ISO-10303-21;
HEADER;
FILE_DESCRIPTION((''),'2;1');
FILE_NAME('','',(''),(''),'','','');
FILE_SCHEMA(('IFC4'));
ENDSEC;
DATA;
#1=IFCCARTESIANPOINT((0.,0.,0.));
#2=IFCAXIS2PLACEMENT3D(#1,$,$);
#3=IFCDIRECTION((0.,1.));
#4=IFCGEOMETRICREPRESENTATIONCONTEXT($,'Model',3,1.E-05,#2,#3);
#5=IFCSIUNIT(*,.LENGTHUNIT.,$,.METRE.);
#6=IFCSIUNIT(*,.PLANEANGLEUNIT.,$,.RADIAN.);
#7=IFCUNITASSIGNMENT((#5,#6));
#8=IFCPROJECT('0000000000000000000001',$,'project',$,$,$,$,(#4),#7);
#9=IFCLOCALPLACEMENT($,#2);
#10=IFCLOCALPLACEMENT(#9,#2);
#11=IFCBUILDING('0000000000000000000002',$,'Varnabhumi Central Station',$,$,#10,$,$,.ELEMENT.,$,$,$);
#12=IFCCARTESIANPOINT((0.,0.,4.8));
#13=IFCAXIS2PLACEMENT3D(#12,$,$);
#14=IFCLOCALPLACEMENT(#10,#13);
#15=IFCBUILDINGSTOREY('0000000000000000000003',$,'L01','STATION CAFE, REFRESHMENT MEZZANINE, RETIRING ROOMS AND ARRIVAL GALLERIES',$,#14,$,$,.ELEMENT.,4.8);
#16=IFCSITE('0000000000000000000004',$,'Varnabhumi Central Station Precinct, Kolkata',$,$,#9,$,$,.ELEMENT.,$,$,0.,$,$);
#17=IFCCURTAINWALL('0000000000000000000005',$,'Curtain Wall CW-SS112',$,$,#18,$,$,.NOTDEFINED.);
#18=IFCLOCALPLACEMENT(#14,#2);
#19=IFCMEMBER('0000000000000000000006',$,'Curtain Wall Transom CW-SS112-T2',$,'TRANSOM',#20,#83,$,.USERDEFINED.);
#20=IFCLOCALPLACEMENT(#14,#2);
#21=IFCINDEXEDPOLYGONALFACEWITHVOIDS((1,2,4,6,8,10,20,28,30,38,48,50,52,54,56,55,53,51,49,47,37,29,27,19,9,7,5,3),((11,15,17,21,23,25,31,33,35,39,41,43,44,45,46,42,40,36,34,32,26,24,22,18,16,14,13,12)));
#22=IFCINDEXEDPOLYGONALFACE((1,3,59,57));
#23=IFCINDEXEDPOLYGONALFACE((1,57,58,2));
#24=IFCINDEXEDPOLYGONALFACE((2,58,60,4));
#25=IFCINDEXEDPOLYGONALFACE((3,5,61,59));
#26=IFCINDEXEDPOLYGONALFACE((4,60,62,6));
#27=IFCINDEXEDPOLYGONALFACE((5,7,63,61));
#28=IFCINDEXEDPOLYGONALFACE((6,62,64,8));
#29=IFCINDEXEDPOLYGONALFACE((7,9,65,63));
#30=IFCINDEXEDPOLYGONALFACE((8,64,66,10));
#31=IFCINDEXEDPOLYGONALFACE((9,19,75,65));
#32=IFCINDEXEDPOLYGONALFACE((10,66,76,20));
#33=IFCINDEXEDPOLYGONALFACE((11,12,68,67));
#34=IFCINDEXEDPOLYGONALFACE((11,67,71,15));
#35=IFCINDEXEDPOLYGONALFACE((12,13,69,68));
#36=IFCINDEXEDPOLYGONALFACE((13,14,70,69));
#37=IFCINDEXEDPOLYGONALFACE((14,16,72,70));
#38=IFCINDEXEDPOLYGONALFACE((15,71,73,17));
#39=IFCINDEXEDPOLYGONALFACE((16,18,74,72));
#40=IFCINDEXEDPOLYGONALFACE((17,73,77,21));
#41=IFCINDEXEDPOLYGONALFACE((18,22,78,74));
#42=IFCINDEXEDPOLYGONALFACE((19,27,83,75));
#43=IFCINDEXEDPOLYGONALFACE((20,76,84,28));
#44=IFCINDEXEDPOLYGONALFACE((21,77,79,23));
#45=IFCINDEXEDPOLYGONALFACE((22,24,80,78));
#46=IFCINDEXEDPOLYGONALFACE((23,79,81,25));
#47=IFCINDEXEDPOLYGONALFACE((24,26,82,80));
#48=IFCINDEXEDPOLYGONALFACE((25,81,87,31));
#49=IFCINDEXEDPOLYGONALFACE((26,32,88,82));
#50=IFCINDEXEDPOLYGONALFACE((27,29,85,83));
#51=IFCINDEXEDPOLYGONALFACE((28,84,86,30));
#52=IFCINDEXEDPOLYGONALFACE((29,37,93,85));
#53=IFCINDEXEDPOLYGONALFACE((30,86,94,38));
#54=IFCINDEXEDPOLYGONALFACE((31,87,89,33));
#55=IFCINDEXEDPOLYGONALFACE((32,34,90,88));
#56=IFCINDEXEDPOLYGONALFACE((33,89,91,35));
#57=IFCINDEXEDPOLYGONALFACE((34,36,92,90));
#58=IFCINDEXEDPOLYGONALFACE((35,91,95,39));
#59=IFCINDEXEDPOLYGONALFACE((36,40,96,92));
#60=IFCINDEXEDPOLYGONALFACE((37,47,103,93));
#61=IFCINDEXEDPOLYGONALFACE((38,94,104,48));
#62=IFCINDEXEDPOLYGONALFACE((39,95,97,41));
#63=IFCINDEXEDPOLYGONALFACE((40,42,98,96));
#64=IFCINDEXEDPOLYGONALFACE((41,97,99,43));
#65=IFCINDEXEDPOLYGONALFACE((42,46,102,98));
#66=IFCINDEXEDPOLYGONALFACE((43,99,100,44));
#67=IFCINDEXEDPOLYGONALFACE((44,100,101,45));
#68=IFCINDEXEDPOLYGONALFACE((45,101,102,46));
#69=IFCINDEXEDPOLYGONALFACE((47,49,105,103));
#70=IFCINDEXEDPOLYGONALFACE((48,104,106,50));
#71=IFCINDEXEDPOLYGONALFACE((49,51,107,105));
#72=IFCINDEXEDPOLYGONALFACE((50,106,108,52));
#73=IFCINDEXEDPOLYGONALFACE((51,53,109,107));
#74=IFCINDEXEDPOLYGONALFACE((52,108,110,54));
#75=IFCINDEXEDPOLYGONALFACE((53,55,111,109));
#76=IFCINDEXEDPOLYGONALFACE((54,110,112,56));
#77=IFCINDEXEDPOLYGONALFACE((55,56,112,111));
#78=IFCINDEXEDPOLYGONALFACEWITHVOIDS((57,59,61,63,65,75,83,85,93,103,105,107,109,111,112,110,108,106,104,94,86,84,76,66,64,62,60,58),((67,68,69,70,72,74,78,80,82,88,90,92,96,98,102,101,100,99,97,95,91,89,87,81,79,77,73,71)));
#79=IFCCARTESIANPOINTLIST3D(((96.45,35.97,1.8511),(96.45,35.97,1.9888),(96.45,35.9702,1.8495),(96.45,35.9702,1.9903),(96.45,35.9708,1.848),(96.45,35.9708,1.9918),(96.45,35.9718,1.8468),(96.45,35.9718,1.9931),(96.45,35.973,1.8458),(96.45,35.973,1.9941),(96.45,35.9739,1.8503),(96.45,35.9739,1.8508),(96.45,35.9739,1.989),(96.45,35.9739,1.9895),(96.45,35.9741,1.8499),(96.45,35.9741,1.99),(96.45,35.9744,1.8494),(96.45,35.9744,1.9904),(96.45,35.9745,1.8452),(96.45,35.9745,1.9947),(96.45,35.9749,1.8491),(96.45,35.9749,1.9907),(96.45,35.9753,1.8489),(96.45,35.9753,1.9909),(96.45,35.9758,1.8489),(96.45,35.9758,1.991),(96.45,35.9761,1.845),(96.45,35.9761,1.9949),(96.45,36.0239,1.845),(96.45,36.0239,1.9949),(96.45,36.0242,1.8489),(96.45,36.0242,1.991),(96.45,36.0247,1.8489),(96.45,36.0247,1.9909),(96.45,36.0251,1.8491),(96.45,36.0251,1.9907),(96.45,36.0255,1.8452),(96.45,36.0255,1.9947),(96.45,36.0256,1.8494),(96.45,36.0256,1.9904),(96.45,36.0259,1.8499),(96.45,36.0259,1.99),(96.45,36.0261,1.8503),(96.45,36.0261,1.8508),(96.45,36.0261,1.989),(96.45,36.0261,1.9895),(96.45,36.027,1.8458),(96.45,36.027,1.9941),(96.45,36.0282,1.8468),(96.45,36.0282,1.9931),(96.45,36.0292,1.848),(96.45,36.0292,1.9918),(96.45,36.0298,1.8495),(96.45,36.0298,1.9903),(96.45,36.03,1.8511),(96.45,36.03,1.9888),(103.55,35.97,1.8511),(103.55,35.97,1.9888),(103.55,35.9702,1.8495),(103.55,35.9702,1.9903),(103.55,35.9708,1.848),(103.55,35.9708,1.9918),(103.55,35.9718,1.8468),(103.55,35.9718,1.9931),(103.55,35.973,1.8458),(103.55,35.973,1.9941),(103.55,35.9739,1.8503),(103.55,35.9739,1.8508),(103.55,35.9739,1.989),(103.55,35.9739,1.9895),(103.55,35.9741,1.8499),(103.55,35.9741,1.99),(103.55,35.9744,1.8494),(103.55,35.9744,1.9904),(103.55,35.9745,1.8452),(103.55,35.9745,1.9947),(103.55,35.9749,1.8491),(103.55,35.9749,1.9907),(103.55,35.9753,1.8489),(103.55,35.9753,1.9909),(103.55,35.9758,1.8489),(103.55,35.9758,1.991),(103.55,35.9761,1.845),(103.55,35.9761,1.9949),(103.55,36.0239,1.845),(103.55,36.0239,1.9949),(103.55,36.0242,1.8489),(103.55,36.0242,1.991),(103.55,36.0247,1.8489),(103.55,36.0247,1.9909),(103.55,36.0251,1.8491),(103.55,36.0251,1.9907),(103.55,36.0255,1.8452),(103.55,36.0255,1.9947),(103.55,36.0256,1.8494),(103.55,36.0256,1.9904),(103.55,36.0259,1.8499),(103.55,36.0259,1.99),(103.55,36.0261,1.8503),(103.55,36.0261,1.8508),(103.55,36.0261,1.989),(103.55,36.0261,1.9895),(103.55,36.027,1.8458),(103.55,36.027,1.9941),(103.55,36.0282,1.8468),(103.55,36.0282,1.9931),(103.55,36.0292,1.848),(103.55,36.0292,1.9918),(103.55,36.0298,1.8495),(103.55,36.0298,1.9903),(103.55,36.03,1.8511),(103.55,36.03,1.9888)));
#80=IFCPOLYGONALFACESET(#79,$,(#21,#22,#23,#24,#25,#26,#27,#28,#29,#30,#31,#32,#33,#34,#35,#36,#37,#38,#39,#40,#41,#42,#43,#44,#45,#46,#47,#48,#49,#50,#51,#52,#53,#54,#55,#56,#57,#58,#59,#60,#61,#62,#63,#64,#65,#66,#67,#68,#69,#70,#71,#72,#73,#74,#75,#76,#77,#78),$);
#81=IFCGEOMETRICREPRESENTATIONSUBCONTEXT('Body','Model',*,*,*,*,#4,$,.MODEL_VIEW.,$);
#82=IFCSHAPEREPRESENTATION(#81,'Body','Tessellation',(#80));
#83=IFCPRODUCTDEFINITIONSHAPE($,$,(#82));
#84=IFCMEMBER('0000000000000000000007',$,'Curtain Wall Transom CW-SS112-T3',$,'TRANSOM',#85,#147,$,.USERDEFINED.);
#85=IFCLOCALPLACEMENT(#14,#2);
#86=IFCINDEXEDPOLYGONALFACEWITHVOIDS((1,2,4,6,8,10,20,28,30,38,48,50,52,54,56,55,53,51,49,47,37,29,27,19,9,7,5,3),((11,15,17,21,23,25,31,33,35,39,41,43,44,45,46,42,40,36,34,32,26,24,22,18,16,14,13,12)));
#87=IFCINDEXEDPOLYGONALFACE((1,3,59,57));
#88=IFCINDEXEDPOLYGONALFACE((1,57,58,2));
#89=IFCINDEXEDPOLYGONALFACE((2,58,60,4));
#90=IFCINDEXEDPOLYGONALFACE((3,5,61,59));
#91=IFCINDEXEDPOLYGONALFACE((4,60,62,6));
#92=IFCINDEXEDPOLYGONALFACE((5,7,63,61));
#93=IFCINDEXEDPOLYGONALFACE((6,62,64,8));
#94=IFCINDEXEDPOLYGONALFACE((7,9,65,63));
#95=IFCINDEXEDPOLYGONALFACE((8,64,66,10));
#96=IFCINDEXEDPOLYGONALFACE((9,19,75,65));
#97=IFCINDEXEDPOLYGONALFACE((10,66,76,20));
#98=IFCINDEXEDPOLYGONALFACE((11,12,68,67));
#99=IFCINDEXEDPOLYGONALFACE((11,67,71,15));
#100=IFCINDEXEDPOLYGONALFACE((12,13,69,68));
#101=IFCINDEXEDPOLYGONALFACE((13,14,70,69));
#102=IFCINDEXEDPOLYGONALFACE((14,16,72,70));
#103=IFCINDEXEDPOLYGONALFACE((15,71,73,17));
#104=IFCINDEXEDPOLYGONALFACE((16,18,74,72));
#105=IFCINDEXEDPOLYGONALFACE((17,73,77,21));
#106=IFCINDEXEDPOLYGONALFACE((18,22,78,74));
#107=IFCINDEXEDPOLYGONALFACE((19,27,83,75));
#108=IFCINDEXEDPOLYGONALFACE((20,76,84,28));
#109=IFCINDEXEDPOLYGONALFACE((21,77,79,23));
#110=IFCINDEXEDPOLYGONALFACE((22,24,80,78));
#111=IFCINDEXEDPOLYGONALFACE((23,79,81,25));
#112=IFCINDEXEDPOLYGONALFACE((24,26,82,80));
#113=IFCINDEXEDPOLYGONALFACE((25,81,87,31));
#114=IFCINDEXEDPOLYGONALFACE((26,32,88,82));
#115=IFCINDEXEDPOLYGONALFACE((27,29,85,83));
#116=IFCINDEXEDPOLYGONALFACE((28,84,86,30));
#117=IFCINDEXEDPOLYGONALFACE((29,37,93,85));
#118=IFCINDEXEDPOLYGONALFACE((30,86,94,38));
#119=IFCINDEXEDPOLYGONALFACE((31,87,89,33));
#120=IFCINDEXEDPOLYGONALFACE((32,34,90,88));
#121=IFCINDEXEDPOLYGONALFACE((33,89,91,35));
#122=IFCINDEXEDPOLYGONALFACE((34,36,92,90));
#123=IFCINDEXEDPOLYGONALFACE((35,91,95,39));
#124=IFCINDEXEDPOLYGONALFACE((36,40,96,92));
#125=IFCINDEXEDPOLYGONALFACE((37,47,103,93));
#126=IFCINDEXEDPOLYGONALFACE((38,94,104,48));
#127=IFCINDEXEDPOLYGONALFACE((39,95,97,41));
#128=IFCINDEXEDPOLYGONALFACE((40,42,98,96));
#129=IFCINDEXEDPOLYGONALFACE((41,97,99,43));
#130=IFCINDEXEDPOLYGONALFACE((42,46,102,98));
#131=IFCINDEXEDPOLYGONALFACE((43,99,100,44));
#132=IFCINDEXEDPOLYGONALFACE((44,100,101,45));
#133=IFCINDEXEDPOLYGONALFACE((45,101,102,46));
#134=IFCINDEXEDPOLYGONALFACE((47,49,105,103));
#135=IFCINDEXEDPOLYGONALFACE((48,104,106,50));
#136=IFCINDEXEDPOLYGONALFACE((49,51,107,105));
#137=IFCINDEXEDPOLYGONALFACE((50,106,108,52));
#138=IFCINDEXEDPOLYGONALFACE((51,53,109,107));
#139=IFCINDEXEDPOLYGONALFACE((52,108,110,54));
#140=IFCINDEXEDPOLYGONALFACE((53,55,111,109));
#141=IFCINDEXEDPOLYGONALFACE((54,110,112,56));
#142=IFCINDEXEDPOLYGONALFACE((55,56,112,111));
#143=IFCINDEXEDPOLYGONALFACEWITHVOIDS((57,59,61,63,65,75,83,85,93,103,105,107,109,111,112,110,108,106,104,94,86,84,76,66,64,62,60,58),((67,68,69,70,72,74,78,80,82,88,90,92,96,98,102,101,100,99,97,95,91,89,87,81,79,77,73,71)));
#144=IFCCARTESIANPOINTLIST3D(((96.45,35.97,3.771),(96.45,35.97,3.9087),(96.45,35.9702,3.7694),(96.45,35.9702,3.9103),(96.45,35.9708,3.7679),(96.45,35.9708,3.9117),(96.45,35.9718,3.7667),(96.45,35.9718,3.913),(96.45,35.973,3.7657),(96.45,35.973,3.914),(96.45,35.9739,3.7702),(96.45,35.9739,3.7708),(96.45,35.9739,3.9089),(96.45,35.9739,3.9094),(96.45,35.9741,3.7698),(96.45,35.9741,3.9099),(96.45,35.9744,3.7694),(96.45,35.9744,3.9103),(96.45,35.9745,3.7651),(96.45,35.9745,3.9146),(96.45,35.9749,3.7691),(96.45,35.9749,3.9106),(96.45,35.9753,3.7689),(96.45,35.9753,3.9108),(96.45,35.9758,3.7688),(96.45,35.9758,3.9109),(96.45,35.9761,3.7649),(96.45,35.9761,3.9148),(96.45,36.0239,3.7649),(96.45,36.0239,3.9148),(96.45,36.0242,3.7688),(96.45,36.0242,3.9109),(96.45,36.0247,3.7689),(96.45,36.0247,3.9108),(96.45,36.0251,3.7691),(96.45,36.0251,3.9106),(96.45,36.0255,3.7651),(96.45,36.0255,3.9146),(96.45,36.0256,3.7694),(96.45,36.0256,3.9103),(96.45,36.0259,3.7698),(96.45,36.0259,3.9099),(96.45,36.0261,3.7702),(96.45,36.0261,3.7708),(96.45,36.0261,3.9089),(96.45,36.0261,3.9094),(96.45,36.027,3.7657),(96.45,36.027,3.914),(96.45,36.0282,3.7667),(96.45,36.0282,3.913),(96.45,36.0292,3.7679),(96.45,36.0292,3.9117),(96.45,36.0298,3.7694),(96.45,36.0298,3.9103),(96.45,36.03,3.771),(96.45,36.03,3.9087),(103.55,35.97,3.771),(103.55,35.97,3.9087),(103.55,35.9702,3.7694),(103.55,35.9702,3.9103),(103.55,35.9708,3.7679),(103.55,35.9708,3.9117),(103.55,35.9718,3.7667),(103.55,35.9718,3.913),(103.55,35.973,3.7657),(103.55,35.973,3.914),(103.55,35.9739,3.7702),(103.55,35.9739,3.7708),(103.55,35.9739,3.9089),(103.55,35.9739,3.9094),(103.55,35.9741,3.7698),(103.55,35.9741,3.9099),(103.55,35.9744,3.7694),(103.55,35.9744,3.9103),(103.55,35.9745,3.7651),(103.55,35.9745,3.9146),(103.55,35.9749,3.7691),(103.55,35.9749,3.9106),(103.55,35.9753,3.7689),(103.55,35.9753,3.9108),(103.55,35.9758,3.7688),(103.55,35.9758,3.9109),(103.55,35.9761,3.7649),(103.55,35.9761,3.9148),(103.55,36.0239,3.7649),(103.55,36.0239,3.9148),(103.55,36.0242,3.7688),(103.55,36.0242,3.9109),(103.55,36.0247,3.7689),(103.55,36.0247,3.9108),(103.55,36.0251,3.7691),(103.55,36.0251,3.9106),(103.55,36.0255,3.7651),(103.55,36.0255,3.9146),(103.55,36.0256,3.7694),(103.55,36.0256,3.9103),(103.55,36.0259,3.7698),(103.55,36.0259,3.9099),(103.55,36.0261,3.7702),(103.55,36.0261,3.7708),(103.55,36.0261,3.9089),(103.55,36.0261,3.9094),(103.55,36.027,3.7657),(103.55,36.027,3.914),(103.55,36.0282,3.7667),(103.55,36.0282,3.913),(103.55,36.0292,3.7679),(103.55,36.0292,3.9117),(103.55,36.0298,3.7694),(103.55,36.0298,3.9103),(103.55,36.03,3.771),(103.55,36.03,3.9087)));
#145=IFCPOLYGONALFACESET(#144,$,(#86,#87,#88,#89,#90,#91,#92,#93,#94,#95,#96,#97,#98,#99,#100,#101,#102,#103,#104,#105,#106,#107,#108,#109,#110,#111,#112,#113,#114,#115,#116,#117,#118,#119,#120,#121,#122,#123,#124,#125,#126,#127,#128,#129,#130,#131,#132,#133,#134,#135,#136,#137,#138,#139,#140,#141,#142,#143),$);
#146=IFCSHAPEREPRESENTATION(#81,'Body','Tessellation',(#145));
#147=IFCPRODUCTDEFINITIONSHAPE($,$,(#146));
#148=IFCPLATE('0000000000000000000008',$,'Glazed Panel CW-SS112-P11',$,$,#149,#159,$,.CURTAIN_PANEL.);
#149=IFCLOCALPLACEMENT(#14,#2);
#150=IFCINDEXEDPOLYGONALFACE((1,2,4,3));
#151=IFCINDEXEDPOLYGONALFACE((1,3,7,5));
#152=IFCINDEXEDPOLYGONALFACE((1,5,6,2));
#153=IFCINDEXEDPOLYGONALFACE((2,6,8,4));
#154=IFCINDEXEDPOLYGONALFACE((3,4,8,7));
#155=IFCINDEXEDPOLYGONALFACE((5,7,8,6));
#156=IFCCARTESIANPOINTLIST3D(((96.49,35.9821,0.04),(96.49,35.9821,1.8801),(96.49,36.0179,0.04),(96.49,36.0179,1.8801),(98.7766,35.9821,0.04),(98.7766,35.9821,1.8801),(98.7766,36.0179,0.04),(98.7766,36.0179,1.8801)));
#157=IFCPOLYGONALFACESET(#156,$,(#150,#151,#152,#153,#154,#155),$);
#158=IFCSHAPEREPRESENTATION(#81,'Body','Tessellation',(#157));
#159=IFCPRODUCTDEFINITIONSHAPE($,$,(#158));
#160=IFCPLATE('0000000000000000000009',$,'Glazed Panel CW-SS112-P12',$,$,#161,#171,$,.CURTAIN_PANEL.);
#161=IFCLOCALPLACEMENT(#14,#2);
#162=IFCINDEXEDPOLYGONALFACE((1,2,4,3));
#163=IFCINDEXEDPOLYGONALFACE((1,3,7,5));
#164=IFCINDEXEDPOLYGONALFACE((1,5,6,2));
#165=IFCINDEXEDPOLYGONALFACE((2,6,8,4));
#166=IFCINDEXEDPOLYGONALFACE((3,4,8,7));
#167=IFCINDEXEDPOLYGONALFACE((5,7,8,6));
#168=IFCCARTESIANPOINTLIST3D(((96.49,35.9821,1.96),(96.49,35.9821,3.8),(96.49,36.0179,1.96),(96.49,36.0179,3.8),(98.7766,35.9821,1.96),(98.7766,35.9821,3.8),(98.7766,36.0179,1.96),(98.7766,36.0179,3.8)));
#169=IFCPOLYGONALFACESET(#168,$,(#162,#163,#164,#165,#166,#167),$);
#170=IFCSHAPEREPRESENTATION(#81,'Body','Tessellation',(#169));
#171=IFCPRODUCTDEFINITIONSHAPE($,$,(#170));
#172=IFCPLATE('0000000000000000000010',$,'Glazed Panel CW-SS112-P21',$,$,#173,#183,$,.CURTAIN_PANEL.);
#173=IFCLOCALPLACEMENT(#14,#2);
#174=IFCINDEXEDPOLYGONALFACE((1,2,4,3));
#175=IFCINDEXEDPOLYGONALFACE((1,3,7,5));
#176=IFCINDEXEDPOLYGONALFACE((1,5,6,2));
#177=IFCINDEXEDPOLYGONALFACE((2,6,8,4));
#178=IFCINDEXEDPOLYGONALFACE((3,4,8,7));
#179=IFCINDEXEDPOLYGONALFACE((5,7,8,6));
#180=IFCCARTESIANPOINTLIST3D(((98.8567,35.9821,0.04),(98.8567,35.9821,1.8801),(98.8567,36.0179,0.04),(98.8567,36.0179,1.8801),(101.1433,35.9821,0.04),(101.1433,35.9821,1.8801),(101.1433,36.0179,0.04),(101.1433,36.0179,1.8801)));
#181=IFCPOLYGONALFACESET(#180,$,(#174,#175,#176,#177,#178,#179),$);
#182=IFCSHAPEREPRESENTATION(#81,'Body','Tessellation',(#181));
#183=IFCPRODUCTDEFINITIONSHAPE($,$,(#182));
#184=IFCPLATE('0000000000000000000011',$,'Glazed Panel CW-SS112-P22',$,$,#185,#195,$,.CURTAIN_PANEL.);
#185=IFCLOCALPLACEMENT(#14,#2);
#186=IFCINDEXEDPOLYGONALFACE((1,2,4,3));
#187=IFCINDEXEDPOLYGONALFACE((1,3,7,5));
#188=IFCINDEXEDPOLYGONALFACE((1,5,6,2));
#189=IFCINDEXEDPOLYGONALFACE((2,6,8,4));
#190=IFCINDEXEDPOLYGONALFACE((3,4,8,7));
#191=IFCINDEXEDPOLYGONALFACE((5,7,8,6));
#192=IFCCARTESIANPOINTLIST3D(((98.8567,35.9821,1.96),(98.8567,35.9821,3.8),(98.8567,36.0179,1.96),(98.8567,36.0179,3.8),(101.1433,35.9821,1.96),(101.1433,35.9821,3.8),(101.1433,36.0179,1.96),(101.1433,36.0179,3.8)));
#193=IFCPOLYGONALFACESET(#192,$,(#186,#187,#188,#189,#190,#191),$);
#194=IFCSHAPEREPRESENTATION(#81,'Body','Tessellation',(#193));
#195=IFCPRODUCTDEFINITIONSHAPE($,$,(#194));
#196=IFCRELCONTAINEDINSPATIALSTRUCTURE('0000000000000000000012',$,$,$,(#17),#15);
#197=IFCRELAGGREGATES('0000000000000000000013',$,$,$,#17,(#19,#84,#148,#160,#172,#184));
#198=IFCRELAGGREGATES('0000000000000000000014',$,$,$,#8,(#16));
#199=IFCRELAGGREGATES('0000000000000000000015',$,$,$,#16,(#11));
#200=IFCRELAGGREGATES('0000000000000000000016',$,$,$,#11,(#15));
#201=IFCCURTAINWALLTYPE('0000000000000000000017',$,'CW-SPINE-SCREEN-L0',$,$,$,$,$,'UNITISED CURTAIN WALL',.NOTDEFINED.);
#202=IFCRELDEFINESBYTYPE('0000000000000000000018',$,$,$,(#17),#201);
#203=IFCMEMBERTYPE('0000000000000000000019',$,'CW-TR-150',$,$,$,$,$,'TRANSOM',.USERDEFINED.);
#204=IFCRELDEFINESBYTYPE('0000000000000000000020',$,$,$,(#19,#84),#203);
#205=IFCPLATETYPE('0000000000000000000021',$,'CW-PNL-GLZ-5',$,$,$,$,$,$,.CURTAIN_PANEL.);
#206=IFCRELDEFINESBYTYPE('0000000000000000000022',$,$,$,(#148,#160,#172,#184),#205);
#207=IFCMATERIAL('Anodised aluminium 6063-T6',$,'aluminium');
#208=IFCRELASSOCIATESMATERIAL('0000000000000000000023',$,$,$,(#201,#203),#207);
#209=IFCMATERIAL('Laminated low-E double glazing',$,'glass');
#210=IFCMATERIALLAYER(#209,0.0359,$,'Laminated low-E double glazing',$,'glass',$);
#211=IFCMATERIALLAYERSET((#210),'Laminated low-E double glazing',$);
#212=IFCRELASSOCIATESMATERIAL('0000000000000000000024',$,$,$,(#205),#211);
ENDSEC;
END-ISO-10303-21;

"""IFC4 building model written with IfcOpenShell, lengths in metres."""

from ifc_helpers import new_model, si_unit, direction, frame, origin, origin_2d, place, context, subcontext, project, spatial, rectangle, hollow_rectangle, extrude, material, layer, layer_set, material_profile, profile_set, type_object, element, aggregate, save


model = new_model("IFC4")

# Units and contexts
model_context = context("Model", 3, precision=1e-05, world=origin(), true_north=direction((0.0, 1.0)))
body_context = subcontext(model_context, "Body", "Model", "MODEL_VIEW")
ifc_project = project(units=[si_unit("LENGTHUNIT", "METRE"), si_unit("PLANEANGLEUNIT", "RADIAN")], contexts=[model_context])

# Site, building, storey
site_placement = place(None, origin())
site = spatial("IfcSite", under=ifc_project, at=site_placement, Name="Varnabhumi Central Station Precinct, Kolkata", CompositionType="ELEMENT", RefElevation=0.0)
building_placement = place(site_placement, origin())
building = spatial("IfcBuilding", under=site, at=building_placement, Name="Varnabhumi Central Station", CompositionType="ELEMENT")
storey_placement = place(building_placement, frame((0.0, 0.0, 4.8)))
storey = spatial("IfcBuildingStorey", under=building, at=storey_placement, Name="L01", Description="STATION CAFE, REFRESHMENT MEZZANINE, RETIRING ROOMS AND ARRIVAL GALLERIES", CompositionType="ELEMENT", Elevation=4.8)

# Curtain wall, members, plates
ifc_material_1 = material(Name="Anodised aluminium 6063-T6", Category="aluminium")
curtain_wall_type = type_object("IfcCurtainWallType", Name="CW-SPINE-SCREEN-L0", ElementType="UNITISED CURTAIN WALL", PredefinedType="NOTDEFINED", material=ifc_material_1)
curtain_wall_placement = place(storey_placement, origin())
curtain_wall = element("IfcCurtainWall", 1, at=curtain_wall_placement, inside=storey, type_object=curtain_wall_type, Name="Curtain Wall CW-SS112", PredefinedType="NOTDEFINED")
ifc_material_profile_1 = material_profile(ifc_material_1, hollow_rectangle(XDim=0.0601, YDim=0.1499, WallThickness=0.0039, InnerFilletRadius=0.002, OuterFilletRadius=0.0061, at=origin_2d()), Name="Anodised aluminium 6063-T6", Category="aluminium")
ifc_profile_set_1 = profile_set([ifc_material_profile_1], Name="Anodised aluminium 6063-T6")
member_type_1 = type_object("IfcMemberType", Name="CW-TR-150", ElementType="TRANSOM", PredefinedType="USERDEFINED", material=ifc_profile_set_1)
member_1_placement = place(storey_placement, frame((96.45, 36.0, 1.9199), z_axis=(1.0, 0.0, 0.0), x_axis=(0.0, 1.0, 0.0)))
member_1 = element("IfcMember", 2, at=member_1_placement, type_object=member_type_1, Name="Curtain Wall Transom CW-SS112-T2", ObjectType="TRANSOM", PredefinedType="USERDEFINED", context=body_context, shape_type="SweptSolid", body=[
    extrude(hollow_rectangle(XDim=0.0601, YDim=0.1499, WallThickness=0.0039, InnerFilletRadius=0.002, OuterFilletRadius=0.0061, at=origin_2d()), origin(), (0.0, 0.0, 1.0), 7.1001),
])
member_2_placement = place(storey_placement, frame((96.45, 36.0, 3.8398), z_axis=(1.0, 0.0, 0.0), x_axis=(0.0, 1.0, 0.0)))
member_2 = element("IfcMember", 3, at=member_2_placement, type_object=member_type_1, Name="Curtain Wall Transom CW-SS112-T3", ObjectType="TRANSOM", PredefinedType="USERDEFINED", context=body_context, shape_type="SweptSolid", body=[
    extrude(hollow_rectangle(XDim=0.0601, YDim=0.1499, WallThickness=0.0039, InnerFilletRadius=0.002, OuterFilletRadius=0.0061, at=origin_2d()), origin(), (0.0, 0.0, 1.0), 7.1001),
])
ifc_material_2 = material(Name="Laminated low-E double glazing", Category="glass")
ifc_layer_1 = layer(ifc_material_2, 0.0359, Name="Laminated low-E double glazing", Category="glass")
ifc_layer_set_1 = layer_set([ifc_layer_1], Name="Laminated low-E double glazing")
plate_type = type_object("IfcPlateType", Name="CW-PNL-GLZ-5", PredefinedType="CURTAIN_PANEL", material=ifc_layer_set_1)
plate_1_placement = place(storey_placement, frame((97.6333, 36.0, 0.04), z_axis=(0.0, 0.0, 1.0), x_axis=(1.0, 0.0, 0.0)))
plate_1 = element("IfcPlate", 4, at=plate_1_placement, type_object=plate_type, Name="Glazed Panel CW-SS112-P11", PredefinedType="CURTAIN_PANEL", context=body_context, shape_type="SweptSolid", body=[
    extrude(rectangle(XDim=2.2866, YDim=0.0359, at=origin_2d()), origin(), (0.0, 0.0, 1.0), 1.8401),
])
plate_2_placement = place(storey_placement, frame((97.6333, 36.0, 1.96), z_axis=(0.0, 0.0, 1.0), x_axis=(1.0, 0.0, 0.0)))
plate_2 = element("IfcPlate", 5, at=plate_2_placement, type_object=plate_type, Name="Glazed Panel CW-SS112-P12", PredefinedType="CURTAIN_PANEL", context=body_context, shape_type="SweptSolid", body=[
    extrude(rectangle(XDim=2.2866, YDim=0.0359, at=origin_2d()), origin(), (0.0, 0.0, 1.0), 1.8401),
])
plate_3_placement = place(storey_placement, frame((100.0, 36.0, 0.04), z_axis=(0.0, 0.0, 1.0), x_axis=(1.0, 0.0, 0.0)))
plate_3 = element("IfcPlate", 6, at=plate_3_placement, type_object=plate_type, Name="Glazed Panel CW-SS112-P21", PredefinedType="CURTAIN_PANEL", context=body_context, shape_type="SweptSolid", body=[
    extrude(rectangle(XDim=2.2866, YDim=0.0359, at=origin_2d()), origin(), (0.0, 0.0, 1.0), 1.8401),
])
plate_4_placement = place(storey_placement, frame((100.0, 36.0, 1.96), z_axis=(0.0, 0.0, 1.0), x_axis=(1.0, 0.0, 0.0)))
plate_4 = element("IfcPlate", 7, at=plate_4_placement, type_object=plate_type, Name="Glazed Panel CW-SS112-P22", PredefinedType="CURTAIN_PANEL", context=body_context, shape_type="SweptSolid", body=[
    extrude(rectangle(XDim=2.2866, YDim=0.0359, at=origin_2d()), origin(), (0.0, 0.0, 1.0), 1.8401),
])
aggregate(curtain_wall, [member_1, member_2, plate_1, plate_2, plate_3, plate_4])

save(model, "model.ifc")
